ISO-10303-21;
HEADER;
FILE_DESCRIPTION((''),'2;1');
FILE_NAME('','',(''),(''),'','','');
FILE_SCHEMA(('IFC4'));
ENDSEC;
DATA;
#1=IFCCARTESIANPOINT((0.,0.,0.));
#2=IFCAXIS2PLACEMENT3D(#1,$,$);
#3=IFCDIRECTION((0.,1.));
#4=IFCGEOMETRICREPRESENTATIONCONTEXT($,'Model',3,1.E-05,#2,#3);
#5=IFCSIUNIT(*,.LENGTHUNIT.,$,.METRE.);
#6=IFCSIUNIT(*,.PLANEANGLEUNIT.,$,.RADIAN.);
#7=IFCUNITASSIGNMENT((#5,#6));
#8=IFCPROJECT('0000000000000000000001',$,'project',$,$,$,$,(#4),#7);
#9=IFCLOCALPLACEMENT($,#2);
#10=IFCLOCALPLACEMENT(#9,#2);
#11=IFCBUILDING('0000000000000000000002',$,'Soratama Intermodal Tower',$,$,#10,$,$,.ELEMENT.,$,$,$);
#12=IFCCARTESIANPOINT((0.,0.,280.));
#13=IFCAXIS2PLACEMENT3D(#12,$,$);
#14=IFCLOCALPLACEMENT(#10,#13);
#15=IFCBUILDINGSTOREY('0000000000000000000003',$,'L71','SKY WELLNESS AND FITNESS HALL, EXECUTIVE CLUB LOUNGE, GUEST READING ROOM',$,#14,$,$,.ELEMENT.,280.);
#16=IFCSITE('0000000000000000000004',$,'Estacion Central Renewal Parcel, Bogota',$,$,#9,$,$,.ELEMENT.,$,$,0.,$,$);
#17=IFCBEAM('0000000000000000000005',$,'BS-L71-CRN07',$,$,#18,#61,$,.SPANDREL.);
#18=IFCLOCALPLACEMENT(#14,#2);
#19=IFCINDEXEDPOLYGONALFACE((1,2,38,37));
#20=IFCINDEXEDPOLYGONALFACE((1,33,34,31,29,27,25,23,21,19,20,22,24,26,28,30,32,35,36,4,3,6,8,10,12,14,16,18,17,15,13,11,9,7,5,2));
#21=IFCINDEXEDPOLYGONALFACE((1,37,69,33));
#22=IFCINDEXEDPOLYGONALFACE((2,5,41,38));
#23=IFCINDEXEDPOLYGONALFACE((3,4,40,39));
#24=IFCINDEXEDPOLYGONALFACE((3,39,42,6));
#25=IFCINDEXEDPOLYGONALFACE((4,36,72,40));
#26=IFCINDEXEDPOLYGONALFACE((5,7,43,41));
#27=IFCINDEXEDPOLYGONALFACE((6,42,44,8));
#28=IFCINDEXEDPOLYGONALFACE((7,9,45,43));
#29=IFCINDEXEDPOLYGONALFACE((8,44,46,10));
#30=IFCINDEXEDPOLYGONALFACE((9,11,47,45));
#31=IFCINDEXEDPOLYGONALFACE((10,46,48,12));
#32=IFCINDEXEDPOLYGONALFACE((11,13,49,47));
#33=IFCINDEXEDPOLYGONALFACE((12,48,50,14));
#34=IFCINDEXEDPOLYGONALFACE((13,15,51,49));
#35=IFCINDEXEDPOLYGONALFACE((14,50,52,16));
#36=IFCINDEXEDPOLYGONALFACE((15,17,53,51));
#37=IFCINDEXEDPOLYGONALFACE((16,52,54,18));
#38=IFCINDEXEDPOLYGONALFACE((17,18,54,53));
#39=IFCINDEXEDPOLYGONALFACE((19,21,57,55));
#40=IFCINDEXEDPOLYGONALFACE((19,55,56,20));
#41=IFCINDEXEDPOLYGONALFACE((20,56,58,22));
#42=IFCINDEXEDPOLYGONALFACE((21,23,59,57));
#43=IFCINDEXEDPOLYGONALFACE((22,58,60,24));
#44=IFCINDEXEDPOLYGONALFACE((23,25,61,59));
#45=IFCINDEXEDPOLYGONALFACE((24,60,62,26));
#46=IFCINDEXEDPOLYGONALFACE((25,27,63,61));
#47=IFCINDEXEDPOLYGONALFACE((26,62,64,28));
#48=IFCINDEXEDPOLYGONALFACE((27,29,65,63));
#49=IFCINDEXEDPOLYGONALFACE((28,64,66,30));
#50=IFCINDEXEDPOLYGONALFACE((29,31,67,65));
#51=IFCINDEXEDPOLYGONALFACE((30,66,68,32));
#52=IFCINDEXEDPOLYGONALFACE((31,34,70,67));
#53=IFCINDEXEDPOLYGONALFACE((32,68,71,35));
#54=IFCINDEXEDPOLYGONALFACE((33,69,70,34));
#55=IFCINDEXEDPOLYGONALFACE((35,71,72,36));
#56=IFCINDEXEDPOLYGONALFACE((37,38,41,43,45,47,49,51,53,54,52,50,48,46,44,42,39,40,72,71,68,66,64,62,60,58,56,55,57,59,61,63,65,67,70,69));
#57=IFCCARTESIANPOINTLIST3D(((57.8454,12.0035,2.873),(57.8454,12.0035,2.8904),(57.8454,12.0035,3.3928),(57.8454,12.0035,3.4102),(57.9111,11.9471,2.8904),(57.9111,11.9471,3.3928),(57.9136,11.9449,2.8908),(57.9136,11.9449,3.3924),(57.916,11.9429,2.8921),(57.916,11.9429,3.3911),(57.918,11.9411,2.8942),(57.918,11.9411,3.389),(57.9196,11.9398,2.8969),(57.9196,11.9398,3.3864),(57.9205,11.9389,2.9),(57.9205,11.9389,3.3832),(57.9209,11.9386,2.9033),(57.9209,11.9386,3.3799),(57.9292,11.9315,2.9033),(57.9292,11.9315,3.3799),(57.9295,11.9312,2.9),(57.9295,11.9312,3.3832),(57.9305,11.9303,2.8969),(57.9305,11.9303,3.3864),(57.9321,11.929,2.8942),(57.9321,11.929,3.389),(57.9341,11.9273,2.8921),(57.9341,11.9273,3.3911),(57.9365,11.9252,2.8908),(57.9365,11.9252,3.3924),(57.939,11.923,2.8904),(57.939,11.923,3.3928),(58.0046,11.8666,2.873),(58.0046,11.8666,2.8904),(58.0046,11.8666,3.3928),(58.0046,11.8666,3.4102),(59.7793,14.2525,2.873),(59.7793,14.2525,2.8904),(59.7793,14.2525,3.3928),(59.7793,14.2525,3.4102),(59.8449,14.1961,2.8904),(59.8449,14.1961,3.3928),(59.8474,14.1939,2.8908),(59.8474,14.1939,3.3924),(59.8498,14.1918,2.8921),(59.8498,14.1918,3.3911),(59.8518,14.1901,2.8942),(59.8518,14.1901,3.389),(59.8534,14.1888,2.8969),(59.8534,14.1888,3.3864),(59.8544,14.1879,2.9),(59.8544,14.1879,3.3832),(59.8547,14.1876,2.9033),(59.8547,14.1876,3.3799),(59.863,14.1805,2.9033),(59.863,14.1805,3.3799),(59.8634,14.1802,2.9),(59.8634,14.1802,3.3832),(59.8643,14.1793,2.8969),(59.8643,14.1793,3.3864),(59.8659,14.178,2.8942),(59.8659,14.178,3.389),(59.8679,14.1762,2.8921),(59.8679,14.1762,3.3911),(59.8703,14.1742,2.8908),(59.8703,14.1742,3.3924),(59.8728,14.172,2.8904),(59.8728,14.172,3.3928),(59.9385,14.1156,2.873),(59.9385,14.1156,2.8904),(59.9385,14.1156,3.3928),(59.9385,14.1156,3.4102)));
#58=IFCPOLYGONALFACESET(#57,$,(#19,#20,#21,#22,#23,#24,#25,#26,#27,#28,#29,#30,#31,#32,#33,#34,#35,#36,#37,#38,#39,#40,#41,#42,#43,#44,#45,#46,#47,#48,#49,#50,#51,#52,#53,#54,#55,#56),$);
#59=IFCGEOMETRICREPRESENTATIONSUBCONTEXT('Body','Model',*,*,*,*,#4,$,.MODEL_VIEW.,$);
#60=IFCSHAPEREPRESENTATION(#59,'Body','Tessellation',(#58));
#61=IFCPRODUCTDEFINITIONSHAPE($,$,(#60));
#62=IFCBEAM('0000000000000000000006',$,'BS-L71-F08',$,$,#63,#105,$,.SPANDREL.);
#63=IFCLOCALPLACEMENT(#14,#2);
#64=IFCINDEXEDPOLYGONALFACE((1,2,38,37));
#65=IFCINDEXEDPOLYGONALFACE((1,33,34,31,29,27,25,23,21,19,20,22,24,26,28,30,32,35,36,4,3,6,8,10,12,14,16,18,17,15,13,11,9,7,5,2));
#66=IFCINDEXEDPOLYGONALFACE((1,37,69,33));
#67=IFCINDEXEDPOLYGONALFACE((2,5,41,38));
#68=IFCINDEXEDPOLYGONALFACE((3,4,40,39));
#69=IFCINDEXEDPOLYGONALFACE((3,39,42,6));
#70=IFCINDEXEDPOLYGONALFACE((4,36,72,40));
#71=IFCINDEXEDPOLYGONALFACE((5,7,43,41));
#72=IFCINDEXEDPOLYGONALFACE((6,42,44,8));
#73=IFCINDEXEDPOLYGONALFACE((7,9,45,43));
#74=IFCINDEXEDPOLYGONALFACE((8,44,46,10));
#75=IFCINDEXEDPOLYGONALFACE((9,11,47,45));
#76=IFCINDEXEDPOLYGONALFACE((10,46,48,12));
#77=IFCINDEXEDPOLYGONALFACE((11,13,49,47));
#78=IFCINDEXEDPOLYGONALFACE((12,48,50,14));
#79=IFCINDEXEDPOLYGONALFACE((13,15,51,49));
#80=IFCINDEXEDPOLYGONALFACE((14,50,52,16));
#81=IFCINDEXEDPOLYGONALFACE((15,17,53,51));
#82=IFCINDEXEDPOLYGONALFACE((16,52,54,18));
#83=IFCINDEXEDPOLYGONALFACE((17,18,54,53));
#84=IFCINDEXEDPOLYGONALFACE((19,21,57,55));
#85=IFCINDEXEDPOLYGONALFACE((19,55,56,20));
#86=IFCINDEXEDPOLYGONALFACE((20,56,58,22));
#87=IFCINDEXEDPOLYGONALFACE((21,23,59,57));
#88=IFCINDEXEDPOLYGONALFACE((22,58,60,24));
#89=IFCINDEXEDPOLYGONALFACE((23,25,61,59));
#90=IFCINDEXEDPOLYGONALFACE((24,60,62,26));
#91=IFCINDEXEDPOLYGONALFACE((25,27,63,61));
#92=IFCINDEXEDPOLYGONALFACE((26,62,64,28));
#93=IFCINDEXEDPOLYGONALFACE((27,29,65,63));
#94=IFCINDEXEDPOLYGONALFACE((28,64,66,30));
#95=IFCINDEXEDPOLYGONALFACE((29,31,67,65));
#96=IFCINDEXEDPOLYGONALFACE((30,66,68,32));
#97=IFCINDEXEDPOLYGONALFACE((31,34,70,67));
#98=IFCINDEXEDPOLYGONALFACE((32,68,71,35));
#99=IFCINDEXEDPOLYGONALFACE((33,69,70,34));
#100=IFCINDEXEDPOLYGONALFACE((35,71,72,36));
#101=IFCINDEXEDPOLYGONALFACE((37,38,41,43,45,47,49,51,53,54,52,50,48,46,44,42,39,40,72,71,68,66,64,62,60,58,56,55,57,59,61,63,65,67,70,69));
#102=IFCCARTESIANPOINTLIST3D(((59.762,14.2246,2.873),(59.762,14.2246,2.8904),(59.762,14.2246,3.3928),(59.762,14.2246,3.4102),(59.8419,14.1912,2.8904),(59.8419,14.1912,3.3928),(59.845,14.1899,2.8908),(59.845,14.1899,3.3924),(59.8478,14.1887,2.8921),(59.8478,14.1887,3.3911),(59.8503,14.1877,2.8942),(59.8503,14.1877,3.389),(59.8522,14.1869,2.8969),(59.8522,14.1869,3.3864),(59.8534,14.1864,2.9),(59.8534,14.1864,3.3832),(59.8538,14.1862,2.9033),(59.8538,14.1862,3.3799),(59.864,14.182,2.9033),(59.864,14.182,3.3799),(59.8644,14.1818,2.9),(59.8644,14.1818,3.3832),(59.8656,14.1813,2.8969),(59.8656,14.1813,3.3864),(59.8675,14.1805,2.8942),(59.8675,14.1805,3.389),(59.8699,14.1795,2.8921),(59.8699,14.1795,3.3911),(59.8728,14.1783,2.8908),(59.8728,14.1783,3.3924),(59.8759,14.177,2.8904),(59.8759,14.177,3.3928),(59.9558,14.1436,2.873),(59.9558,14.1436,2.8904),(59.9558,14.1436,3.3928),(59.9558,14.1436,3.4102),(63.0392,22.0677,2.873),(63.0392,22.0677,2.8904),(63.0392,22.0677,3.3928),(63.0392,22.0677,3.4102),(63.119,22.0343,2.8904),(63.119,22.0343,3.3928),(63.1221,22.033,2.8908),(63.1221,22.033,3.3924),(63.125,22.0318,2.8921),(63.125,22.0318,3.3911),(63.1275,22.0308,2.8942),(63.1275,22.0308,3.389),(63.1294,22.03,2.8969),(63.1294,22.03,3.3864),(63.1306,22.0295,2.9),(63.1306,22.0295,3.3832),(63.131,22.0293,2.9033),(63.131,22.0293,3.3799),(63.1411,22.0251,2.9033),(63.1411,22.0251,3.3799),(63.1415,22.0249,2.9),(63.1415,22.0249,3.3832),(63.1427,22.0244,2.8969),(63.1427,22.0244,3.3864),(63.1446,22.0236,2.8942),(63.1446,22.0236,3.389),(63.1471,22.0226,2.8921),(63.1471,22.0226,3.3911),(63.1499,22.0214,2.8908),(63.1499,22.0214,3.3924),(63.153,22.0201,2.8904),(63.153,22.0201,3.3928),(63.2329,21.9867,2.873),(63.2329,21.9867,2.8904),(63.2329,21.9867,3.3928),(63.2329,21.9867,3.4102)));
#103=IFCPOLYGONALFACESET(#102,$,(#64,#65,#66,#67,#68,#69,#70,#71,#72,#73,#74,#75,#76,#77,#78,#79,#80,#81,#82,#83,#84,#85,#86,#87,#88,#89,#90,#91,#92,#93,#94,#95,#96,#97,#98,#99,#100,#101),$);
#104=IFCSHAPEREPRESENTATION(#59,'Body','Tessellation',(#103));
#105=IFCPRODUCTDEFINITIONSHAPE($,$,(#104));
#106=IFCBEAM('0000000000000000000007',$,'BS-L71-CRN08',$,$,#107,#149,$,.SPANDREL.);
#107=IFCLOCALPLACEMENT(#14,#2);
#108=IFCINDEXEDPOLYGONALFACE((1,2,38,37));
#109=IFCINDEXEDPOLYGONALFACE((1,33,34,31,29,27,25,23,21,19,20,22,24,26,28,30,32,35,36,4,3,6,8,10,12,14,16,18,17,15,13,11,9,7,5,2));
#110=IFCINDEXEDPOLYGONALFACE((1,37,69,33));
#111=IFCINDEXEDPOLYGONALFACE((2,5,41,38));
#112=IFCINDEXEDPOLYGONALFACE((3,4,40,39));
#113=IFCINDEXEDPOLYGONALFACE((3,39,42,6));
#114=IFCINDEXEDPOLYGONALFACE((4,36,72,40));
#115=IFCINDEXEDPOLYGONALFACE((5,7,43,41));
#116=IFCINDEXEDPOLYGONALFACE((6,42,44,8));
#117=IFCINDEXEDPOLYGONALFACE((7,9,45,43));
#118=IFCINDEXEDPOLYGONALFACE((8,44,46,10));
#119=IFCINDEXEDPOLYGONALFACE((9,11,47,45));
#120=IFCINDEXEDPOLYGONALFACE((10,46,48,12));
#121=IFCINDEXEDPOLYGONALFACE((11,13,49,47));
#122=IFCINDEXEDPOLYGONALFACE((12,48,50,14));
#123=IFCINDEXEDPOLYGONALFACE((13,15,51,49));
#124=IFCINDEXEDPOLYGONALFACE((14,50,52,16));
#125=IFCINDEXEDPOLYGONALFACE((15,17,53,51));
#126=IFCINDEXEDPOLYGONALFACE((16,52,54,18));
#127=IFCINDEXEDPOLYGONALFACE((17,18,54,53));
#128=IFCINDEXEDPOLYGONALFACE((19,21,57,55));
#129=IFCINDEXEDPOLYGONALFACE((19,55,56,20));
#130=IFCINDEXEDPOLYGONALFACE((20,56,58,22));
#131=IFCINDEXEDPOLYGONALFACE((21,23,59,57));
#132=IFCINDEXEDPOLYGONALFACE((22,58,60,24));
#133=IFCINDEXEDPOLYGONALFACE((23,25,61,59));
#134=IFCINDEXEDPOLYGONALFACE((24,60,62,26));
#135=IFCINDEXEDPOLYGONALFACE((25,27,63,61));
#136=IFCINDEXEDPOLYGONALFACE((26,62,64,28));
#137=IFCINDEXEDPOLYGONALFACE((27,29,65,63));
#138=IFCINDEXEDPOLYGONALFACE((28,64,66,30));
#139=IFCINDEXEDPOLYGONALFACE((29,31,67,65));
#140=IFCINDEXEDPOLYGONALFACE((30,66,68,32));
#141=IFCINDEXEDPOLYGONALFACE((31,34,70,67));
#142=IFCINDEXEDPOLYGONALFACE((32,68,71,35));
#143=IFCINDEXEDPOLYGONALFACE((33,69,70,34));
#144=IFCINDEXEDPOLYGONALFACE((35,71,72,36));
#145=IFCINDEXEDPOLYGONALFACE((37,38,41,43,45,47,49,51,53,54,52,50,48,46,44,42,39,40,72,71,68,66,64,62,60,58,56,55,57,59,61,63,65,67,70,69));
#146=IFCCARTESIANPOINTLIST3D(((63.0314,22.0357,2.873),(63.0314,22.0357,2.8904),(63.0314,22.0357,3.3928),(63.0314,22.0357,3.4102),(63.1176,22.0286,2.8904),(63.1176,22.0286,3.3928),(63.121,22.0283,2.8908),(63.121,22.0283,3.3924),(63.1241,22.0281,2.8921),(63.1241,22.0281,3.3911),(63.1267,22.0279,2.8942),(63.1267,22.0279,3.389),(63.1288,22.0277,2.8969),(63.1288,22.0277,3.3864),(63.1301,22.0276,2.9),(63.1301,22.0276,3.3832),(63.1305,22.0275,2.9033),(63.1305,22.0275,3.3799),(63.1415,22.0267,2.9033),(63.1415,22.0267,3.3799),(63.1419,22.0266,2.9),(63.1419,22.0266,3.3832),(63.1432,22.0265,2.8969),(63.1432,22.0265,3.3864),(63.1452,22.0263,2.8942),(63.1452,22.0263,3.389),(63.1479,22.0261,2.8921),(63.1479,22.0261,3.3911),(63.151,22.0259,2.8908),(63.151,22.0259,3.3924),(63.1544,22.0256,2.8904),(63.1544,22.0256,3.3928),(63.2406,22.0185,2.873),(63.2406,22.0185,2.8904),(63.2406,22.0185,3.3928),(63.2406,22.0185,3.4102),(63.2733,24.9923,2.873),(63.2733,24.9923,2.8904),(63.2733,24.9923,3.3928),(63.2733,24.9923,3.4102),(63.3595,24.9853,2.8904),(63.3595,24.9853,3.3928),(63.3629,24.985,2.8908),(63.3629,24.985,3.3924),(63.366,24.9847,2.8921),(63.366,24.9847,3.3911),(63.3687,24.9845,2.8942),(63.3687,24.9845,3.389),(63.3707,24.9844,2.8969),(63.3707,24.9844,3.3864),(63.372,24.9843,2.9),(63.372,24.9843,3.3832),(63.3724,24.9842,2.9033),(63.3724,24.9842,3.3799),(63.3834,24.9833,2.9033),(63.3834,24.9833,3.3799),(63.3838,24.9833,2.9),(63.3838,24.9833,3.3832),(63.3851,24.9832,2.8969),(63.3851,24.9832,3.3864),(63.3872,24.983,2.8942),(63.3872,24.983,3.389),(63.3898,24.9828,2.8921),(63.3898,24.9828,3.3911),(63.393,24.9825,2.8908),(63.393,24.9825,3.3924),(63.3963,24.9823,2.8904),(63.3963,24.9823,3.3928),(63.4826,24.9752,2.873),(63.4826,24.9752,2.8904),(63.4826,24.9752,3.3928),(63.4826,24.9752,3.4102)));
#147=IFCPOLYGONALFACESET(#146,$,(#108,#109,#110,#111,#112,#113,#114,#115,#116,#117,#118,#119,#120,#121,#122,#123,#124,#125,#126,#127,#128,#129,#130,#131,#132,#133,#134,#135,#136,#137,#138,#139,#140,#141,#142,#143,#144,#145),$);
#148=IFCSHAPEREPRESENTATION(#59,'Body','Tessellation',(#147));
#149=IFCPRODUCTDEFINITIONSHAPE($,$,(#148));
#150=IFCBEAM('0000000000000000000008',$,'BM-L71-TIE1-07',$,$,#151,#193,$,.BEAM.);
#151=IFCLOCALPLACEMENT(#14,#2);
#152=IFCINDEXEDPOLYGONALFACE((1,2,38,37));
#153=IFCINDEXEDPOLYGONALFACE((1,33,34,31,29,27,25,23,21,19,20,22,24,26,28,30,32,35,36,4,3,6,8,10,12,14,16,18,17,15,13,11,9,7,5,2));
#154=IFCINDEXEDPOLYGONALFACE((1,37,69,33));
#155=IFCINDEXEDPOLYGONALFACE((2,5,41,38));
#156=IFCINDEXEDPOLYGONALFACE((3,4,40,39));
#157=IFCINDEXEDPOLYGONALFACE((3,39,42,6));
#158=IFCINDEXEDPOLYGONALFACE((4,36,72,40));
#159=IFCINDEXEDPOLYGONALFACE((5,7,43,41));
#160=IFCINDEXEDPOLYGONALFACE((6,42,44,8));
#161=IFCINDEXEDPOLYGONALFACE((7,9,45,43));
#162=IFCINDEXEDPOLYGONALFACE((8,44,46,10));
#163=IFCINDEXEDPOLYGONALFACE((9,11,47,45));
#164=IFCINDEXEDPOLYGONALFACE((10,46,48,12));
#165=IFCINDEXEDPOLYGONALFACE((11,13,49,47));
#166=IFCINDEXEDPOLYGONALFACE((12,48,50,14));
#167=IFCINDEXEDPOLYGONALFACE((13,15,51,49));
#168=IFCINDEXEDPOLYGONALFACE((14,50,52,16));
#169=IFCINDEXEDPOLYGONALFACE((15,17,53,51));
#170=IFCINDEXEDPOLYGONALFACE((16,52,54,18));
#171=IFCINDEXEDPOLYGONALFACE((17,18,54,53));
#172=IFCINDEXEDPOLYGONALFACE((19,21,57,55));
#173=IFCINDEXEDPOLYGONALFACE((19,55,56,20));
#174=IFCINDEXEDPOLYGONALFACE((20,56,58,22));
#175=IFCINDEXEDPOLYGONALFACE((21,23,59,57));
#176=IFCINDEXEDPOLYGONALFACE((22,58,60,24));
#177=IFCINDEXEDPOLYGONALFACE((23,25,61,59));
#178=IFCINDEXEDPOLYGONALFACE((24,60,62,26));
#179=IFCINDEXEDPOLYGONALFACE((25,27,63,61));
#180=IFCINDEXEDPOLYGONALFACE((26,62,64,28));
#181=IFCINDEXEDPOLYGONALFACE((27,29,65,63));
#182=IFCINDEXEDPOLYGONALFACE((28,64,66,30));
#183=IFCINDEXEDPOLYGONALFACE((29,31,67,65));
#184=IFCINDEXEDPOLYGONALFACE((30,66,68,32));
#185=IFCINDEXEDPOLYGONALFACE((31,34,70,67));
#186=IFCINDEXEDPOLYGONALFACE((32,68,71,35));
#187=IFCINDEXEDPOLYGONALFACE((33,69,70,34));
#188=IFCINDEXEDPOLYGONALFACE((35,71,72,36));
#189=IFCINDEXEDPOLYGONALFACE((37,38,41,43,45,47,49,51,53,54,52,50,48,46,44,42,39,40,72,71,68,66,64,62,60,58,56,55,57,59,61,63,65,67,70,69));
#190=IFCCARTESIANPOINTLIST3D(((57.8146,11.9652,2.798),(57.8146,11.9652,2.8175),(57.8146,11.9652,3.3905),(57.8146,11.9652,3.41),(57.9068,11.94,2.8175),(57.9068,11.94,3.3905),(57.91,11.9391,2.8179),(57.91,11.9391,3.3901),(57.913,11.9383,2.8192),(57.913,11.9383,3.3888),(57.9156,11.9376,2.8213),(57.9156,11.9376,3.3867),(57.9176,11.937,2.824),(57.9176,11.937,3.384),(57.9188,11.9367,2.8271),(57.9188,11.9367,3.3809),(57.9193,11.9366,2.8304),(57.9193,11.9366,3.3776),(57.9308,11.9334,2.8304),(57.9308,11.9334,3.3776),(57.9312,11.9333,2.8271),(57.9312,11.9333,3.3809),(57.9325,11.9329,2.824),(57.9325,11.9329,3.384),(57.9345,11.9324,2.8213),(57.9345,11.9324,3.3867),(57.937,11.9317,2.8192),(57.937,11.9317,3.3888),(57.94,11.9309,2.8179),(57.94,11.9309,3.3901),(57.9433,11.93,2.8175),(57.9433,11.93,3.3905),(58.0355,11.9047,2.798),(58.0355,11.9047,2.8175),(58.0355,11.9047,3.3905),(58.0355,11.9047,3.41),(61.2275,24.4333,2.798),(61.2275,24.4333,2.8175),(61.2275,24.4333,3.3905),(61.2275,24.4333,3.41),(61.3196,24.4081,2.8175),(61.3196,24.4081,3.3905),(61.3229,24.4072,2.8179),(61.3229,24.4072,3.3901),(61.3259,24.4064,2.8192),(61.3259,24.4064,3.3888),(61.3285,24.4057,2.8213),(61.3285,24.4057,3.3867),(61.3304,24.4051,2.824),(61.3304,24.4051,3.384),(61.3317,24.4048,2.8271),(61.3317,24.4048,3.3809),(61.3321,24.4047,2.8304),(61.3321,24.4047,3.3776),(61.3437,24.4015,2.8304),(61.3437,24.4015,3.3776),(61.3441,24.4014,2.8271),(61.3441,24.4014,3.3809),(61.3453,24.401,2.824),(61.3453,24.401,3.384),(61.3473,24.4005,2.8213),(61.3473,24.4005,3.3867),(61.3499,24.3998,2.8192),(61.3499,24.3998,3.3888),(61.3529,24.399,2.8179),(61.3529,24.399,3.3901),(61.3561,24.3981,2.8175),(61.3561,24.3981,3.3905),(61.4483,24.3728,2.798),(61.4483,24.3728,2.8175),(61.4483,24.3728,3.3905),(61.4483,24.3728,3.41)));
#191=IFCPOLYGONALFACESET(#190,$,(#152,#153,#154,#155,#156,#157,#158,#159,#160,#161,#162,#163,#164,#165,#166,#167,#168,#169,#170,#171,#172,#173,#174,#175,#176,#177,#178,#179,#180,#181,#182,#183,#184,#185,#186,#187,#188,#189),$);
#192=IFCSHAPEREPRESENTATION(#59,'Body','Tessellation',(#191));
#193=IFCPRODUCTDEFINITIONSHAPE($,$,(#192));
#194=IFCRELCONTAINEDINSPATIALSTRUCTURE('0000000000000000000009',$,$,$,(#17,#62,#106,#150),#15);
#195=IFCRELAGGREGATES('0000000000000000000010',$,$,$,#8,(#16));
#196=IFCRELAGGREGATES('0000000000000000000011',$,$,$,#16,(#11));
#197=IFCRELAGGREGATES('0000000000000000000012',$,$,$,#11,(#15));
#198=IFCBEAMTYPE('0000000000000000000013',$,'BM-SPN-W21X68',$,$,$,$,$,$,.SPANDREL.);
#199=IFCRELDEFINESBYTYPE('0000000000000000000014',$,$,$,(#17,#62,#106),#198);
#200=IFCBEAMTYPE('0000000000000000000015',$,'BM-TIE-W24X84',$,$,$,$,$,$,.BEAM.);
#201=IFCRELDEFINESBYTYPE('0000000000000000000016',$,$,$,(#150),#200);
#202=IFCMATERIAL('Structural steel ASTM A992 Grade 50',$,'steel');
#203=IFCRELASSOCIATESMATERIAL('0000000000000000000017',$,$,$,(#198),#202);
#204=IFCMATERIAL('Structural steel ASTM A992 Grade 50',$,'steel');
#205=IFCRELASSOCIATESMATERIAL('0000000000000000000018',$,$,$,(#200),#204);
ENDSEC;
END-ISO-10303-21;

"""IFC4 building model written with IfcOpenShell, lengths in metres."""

from ifc_helpers import new_model, si_unit, direction, frame, origin, origin_2d, place, context, subcontext, project, spatial, i_section, extrude, material, material_profile, profile_set, type_object, element, save


model = new_model("IFC4")

# Units and contexts
model_context = context("Model", 3, precision=1e-05, world=origin(), true_north=direction((0.0, 1.0)))
body_context = subcontext(model_context, "Body", "Model", "MODEL_VIEW")
ifc_project = project(units=[si_unit("LENGTHUNIT", "METRE"), si_unit("PLANEANGLEUNIT", "RADIAN")], contexts=[model_context])

# Site, building, storey
site_placement = place(None, origin())
site = spatial("IfcSite", under=ifc_project, at=site_placement, Name="Estacion Central Renewal Parcel, Bogota", CompositionType="ELEMENT", RefElevation=0.0)
building_placement = place(site_placement, origin())
building = spatial("IfcBuilding", under=site, at=building_placement, Name="Soratama Intermodal Tower", CompositionType="ELEMENT")
storey_placement = place(building_placement, frame((0.0, 0.0, 280.0)))
storey = spatial("IfcBuildingStorey", under=building, at=storey_placement, Name="L71", Description="SKY WELLNESS AND FITNESS HALL, EXECUTIVE CLUB LOUNGE, GUEST READING ROOM", CompositionType="ELEMENT", Elevation=280.0)

# Beams
ifc_material_1 = material(Name="Structural steel ASTM A992 Grade 50", Category="steel")
ifc_material_profile_1 = material_profile(ifc_material_1, i_section(OverallWidth=0.21, OverallDepth=0.5371, WebThickness=0.011, FlangeThickness=0.0173, FilletRadius=0.0129, at=origin_2d()), Name="W21X68")
ifc_profile_set_1 = profile_set([ifc_material_profile_1], Name="Structural steel ASTM A992 Grade 50")
beam_type_1 = type_object("IfcBeamType", Name="BM-SPN-W21X68", PredefinedType="SPANDREL", material=ifc_profile_set_1)
beam_1_placement = place(storey_placement, frame((57.925, 11.9351, 3.1416), z_axis=(0.651977, 0.758239, 0.0), x_axis=(-0.758239, 0.651977, 0.0)))
element("IfcBeam", 1, at=beam_1_placement, inside=storey, type_object=beam_type_1, Name="BS-L71-CRN07", PredefinedType="SPANDREL", context=body_context, shape_type="SweptSolid", body=[
    extrude(i_section(OverallWidth=0.21, OverallDepth=0.5371, WebThickness=0.011, FlangeThickness=0.0173, FilletRadius=0.0129, at=origin_2d()), origin(), (0.0, 0.0, 1.0), 2.9661),
])
beam_2_placement = place(storey_placement, frame((59.8589, 14.1841, 3.1416), z_axis=(0.385535, 0.922693, 0.0), x_axis=(-0.922693, 0.385535, 0.0)))
element("IfcBeam", 2, at=beam_2_placement, inside=storey, type_object=beam_type_1, Name="BS-L71-F08", PredefinedType="SPANDREL", context=body_context, shape_type="SweptSolid", body=[
    extrude(i_section(OverallWidth=0.21, OverallDepth=0.5371, WebThickness=0.011, FlangeThickness=0.0173, FilletRadius=0.0129, at=origin_2d()), origin(), (0.0, 0.0, 1.0), 8.5002),
])
beam_3_placement = place(storey_placement, frame((63.136, 22.0271, 3.1416), z_axis=(0.081554, 0.996669, 0.0), x_axis=(-0.996669, 0.081554, 0.0)))
element("IfcBeam", 3, at=beam_3_placement, inside=storey, type_object=beam_type_1, Name="BS-L71-CRN08", PredefinedType="SPANDREL", context=body_context, shape_type="SweptSolid", body=[
    extrude(i_section(OverallWidth=0.21, OverallDepth=0.5371, WebThickness=0.011, FlangeThickness=0.0173, FilletRadius=0.0129, at=origin_2d()), origin(), (0.0, 0.0, 1.0), 2.9666),
])
ifc_material_2 = material(Name="Structural steel ASTM A992 Grade 50", Category="steel")
ifc_material_profile_2 = material_profile(ifc_material_2, i_section(OverallWidth=0.229, OverallDepth=0.6121, WebThickness=0.012, FlangeThickness=0.0195, FilletRadius=0.0129, at=origin_2d()), Name="W24X84")
ifc_profile_set_2 = profile_set([ifc_material_profile_2], Name="Structural steel ASTM A992 Grade 50")
beam_type_2 = type_object("IfcBeamType", Name="BM-TIE-W24X84", PredefinedType="BEAM", material=ifc_profile_set_2)
beam_4_placement = place(storey_placement, frame((61.3379, 24.4031, 3.104), z_axis=(-0.264015, -0.964518, 0.0), x_axis=(0.964518, -0.264015, 0.0)))
element("IfcBeam", 4, at=beam_4_placement, inside=storey, type_object=beam_type_2, Name="BM-L71-TIE1-07", PredefinedType="BEAM", context=body_context, shape_type="SweptSolid", body=[
    extrude(i_section(OverallWidth=0.229, OverallDepth=0.6121, WebThickness=0.012, FlangeThickness=0.0195, FilletRadius=0.0129, at=origin_2d()), origin(), (0.0, 0.0, 1.0), 12.9268),
])

save(model, "model.ifc")
